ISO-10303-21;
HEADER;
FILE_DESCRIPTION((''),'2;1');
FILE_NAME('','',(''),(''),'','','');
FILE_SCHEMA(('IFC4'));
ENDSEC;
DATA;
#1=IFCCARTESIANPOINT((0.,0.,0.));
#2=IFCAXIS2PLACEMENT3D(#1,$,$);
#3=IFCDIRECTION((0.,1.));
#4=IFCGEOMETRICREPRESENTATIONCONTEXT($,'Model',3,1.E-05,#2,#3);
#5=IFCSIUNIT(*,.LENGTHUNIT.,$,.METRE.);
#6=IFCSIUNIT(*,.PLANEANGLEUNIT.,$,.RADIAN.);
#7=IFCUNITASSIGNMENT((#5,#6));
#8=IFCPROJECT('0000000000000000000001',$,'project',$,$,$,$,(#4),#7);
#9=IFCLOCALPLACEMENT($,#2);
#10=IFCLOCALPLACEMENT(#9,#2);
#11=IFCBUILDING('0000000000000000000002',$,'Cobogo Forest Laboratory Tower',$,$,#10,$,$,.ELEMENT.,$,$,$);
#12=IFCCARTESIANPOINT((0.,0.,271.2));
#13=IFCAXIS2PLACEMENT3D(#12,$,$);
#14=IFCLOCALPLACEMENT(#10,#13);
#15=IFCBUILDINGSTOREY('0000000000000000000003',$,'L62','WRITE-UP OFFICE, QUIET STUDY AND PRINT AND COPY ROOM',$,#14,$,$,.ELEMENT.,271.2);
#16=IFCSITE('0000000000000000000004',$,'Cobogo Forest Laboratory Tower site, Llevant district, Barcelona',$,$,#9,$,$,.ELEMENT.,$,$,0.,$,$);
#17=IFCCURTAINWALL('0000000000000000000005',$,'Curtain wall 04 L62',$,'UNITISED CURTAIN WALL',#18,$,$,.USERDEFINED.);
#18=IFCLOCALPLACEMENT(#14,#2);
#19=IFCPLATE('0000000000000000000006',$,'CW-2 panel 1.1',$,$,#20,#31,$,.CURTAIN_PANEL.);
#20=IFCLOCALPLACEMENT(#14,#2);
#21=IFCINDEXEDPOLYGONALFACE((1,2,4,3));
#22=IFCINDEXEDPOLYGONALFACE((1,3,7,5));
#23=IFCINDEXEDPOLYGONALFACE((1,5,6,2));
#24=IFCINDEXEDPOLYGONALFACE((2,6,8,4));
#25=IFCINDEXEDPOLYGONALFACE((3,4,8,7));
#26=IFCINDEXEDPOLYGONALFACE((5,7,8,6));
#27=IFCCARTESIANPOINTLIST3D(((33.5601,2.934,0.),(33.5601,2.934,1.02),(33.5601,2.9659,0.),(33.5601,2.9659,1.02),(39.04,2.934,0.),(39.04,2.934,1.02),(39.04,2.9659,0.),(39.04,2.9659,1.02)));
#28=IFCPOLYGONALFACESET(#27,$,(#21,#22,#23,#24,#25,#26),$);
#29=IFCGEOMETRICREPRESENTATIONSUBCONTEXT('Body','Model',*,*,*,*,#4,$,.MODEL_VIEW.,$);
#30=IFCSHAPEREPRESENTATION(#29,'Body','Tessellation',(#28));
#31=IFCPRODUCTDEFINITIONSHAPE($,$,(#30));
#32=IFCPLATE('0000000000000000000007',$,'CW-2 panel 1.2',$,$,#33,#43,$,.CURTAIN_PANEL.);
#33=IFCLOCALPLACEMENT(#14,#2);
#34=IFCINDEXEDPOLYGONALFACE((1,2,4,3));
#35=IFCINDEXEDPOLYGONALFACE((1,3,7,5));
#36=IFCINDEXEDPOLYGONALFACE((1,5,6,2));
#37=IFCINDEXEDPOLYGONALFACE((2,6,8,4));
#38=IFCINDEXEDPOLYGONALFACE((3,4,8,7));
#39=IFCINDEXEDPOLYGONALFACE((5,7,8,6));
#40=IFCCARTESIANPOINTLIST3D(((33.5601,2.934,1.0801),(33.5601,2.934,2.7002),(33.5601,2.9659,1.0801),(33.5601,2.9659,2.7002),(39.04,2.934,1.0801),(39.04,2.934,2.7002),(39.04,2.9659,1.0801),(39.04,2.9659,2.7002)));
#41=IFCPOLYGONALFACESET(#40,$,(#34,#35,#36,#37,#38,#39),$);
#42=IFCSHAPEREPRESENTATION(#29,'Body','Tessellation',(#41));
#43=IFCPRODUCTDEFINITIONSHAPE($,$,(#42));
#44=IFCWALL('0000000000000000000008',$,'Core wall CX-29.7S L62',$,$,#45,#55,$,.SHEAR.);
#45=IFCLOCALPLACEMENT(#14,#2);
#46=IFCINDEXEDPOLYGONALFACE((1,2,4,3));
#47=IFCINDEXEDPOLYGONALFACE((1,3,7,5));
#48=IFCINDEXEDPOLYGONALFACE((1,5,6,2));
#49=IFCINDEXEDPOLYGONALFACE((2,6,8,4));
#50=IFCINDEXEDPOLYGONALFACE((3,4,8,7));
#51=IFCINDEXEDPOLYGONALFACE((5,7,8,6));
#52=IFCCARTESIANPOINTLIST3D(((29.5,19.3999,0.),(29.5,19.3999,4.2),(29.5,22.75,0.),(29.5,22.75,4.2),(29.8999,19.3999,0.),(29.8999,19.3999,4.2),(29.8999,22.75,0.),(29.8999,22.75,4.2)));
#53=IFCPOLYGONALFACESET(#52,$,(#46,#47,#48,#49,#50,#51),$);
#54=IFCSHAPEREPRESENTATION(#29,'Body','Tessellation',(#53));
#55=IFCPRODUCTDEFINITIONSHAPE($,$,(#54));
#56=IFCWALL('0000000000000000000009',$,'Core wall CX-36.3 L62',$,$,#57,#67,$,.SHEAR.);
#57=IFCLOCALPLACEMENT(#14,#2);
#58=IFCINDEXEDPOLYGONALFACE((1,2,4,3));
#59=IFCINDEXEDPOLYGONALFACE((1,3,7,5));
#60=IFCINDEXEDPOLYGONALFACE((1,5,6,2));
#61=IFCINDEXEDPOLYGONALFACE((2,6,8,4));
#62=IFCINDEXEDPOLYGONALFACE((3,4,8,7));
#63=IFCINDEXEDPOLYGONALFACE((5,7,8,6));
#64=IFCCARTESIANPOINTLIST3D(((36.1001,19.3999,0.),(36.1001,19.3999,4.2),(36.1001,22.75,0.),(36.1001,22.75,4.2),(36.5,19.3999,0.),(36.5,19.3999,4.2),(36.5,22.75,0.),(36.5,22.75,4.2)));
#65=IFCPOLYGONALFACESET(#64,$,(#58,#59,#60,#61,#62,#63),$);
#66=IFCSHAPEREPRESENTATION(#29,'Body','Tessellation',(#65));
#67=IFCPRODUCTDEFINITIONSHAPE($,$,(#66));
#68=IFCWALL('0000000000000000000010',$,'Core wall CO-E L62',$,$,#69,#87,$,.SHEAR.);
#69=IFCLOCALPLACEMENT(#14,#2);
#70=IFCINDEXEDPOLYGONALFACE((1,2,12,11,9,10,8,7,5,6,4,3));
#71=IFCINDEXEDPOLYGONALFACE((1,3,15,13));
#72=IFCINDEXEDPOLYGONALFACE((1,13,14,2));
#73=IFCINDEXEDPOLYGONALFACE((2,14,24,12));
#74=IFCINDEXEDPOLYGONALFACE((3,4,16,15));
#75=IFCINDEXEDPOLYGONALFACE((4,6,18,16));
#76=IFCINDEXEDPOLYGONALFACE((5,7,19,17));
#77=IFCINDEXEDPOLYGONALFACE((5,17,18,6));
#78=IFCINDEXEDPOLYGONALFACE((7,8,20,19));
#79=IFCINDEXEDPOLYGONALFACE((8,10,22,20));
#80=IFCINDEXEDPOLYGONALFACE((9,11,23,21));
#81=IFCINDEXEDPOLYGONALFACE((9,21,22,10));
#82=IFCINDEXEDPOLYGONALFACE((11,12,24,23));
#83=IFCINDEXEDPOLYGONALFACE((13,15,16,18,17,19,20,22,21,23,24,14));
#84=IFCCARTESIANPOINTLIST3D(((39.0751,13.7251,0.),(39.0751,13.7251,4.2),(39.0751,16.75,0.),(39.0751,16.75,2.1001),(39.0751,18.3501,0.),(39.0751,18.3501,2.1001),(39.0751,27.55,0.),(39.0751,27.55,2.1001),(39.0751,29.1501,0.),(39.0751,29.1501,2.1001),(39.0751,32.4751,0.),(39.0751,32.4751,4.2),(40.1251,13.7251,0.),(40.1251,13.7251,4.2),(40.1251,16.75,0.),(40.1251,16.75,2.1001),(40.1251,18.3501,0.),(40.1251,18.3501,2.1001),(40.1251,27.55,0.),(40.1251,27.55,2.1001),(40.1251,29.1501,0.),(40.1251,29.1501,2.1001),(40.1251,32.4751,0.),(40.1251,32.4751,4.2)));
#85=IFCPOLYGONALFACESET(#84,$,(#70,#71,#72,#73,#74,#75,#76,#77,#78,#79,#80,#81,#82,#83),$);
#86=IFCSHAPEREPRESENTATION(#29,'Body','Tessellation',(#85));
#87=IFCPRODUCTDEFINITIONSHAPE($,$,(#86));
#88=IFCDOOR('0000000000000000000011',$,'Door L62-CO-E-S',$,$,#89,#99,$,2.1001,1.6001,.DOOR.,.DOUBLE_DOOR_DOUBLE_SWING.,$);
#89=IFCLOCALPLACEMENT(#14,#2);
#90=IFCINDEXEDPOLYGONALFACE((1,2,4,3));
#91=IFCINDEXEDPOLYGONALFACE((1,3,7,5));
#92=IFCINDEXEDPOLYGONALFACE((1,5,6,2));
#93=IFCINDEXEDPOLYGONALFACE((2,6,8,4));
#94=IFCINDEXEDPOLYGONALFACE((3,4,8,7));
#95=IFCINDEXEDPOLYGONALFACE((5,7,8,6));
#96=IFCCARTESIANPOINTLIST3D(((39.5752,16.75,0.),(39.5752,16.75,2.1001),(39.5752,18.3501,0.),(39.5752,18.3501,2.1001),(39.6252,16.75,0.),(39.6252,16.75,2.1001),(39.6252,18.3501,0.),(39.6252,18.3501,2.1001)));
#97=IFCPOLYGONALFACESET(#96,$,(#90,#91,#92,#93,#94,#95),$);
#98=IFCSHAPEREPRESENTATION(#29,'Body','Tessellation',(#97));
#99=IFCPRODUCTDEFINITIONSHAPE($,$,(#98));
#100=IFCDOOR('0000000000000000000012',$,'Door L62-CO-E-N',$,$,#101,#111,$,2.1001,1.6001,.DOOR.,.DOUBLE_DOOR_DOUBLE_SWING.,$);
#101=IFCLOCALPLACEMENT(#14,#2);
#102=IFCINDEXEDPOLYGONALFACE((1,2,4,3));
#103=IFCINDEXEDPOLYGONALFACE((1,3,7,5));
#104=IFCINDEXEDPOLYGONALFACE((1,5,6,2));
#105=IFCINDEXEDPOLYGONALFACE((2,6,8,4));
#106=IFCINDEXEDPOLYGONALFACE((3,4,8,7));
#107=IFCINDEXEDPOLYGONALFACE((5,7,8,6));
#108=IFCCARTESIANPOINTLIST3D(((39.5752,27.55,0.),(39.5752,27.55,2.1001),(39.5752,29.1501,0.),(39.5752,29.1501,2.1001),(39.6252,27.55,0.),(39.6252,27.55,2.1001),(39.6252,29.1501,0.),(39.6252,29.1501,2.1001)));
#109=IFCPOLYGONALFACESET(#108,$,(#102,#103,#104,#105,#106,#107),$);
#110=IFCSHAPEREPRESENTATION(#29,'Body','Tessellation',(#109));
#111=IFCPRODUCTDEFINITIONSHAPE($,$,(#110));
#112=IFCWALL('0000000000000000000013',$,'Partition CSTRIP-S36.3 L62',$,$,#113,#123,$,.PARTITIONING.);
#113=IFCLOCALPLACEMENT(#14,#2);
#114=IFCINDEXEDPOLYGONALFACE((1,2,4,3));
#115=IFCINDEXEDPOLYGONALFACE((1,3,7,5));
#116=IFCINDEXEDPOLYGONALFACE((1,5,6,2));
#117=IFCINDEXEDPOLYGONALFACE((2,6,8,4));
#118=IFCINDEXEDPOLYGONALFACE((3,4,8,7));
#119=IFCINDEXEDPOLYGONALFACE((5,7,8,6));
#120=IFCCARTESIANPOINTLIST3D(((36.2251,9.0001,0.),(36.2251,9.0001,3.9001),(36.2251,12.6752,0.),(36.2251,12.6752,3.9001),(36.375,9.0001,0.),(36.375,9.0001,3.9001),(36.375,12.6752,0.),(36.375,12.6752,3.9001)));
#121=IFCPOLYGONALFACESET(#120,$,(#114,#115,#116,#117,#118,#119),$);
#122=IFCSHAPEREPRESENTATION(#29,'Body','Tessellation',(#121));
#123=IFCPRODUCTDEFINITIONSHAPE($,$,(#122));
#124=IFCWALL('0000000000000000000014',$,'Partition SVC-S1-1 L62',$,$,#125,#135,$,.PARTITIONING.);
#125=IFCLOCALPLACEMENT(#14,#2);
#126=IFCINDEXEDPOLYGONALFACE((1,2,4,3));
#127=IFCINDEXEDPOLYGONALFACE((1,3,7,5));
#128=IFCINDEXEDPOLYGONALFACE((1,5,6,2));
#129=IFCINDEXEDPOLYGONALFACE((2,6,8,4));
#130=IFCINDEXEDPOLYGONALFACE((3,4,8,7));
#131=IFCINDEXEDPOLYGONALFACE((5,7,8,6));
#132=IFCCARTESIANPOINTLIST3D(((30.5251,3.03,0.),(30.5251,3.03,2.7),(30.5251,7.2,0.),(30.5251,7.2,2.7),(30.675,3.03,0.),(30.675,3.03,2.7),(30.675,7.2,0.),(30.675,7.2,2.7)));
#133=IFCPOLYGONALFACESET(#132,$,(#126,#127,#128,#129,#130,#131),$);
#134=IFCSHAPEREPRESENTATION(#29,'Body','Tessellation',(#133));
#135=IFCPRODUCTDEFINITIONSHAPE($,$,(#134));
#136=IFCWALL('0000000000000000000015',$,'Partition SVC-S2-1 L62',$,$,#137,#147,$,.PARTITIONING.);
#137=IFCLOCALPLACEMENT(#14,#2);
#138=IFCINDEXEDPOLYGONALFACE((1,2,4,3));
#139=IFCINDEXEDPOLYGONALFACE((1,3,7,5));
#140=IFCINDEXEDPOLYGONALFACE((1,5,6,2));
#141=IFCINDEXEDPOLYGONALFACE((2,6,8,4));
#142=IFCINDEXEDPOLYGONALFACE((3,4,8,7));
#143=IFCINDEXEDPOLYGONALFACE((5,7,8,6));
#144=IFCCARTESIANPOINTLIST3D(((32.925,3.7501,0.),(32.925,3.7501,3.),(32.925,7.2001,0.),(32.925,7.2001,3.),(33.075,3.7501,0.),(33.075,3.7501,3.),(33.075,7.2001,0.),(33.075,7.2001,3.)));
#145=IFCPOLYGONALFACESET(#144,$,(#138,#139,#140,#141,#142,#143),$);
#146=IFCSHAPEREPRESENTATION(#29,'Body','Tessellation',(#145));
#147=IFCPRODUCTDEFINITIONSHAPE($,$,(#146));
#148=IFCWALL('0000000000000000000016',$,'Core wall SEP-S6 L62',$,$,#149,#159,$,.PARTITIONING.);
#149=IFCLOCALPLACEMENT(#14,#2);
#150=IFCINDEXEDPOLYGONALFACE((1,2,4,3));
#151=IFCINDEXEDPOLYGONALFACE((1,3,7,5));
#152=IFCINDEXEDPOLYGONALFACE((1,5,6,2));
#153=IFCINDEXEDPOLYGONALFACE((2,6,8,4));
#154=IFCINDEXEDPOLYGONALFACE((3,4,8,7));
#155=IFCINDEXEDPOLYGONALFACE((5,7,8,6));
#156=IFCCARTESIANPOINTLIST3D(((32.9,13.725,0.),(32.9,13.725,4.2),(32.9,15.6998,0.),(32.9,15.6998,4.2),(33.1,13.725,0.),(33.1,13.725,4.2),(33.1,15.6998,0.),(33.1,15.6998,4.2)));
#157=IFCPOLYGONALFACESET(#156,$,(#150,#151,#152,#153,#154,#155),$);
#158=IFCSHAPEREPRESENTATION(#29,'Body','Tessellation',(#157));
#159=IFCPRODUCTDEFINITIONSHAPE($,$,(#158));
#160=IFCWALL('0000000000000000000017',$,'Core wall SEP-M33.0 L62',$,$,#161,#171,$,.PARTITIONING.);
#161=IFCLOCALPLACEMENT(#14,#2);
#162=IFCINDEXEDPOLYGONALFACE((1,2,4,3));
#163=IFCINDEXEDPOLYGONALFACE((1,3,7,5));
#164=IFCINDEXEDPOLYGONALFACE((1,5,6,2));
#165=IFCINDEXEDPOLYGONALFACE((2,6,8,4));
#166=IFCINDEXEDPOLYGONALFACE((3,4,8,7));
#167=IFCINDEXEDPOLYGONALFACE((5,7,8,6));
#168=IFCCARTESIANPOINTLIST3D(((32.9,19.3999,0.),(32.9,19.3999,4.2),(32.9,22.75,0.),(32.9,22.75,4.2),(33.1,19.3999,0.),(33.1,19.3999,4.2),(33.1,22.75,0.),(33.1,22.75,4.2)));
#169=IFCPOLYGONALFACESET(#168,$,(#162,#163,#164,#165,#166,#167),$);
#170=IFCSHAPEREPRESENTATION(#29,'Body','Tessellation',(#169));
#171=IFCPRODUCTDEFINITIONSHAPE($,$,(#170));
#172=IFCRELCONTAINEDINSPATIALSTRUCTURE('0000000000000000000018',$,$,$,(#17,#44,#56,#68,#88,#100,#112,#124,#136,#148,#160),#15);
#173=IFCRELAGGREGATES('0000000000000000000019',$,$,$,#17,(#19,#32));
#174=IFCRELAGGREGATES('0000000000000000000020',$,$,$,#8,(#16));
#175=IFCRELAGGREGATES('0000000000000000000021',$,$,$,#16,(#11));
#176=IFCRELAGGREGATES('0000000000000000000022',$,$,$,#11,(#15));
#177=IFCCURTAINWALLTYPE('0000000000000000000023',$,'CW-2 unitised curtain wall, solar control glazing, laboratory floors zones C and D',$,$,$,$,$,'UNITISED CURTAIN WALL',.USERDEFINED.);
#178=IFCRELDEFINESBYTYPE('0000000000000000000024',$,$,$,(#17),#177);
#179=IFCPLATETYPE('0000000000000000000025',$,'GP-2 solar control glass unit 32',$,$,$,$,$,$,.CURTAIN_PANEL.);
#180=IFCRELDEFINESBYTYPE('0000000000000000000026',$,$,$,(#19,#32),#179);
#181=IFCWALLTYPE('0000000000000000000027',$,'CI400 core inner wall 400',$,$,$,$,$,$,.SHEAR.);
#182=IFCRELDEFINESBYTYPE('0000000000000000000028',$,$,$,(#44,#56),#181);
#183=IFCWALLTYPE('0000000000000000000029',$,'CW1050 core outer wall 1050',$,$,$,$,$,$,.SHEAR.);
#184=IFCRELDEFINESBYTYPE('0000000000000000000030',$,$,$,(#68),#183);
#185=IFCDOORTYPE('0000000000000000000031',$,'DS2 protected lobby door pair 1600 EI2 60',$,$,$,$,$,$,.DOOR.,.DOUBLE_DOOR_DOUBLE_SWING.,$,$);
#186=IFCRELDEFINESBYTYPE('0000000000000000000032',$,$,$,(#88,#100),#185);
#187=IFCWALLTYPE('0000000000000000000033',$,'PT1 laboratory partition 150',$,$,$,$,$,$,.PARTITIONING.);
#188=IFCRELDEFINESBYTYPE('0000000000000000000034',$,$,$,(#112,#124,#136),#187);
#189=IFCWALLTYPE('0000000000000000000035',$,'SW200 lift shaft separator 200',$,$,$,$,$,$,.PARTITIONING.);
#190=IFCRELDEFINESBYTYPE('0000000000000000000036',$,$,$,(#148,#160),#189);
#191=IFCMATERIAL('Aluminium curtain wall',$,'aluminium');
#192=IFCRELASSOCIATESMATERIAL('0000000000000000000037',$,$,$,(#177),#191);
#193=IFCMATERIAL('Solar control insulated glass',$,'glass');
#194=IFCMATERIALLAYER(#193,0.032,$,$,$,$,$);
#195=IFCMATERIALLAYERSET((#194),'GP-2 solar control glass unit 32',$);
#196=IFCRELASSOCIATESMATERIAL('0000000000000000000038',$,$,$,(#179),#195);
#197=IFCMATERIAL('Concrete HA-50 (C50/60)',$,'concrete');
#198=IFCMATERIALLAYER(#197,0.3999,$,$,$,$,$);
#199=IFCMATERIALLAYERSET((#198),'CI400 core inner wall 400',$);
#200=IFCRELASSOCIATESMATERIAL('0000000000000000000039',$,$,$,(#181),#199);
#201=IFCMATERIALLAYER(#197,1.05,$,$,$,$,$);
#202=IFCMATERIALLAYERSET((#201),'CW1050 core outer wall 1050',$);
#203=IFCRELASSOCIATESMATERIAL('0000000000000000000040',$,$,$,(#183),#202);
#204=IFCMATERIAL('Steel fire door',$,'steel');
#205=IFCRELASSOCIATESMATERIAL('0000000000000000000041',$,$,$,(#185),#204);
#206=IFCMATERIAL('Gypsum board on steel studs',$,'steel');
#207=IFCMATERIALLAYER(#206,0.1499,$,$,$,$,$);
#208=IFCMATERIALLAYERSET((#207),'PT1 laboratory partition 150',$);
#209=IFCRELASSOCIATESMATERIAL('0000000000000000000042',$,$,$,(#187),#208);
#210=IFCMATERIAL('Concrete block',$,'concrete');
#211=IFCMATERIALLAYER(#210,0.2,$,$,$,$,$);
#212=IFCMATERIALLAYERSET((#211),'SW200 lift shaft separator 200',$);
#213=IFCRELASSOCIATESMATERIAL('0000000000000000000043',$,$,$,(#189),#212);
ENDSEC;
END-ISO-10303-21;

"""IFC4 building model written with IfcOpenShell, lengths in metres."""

from ifc_helpers import new_model, si_unit, direction, frame, frame_2d, origin, origin_2d, place, context, subcontext, project, spatial, rectangle, extrude, material, layer, layer_set, type_object, element, fill, aggregate, save


model = new_model("IFC4")

# Units and contexts
model_context = context("Model", 3, precision=1e-05, world=origin(), true_north=direction((0.0, 1.0)))
body_context = subcontext(model_context, "Body", "Model", "MODEL_VIEW")
ifc_project = project(units=[si_unit("LENGTHUNIT", "METRE"), si_unit("PLANEANGLEUNIT", "RADIAN")], contexts=[model_context])

# Site, building, storey
site_placement = place(None, origin())
site = spatial("IfcSite", under=ifc_project, at=site_placement, Name="Cobogo Forest Laboratory Tower site, Llevant district, Barcelona", CompositionType="ELEMENT", RefElevation=0.0)
building_placement = place(site_placement, origin())
building = spatial("IfcBuilding", under=site, at=building_placement, Name="Cobogo Forest Laboratory Tower", CompositionType="ELEMENT")
storey_placement = place(building_placement, frame((0.0, 0.0, 271.2)))
storey = spatial("IfcBuildingStorey", under=building, at=storey_placement, Name="L62", Description="WRITE-UP OFFICE, QUIET STUDY AND PRINT AND COPY ROOM", CompositionType="ELEMENT", Elevation=271.2)

# Shared definitions
ifc_material_1 = material(Name="Concrete HA-50 (C50/60)", Category="concrete")

# Curtain wall
ifc_material_2 = material(Name="Aluminium curtain wall", Category="aluminium")
curtain_wall_type = type_object("IfcCurtainWallType", Name="CW-2 unitised curtain wall, solar control glazing, laboratory floors zones C and D", ElementType="UNITISED CURTAIN WALL", PredefinedType="USERDEFINED", material=ifc_material_2)
curtain_wall_1_placement = place(storey_placement, origin())
curtain_wall_1 = element("IfcCurtainWall", 1, at=curtain_wall_1_placement, inside=storey, type_object=curtain_wall_type, Name="Curtain wall 04 L62", ObjectType="UNITISED CURTAIN WALL", PredefinedType="USERDEFINED")

# Plates
ifc_material_3 = material(Name="Solar control insulated glass", Category="glass")
ifc_layer_1 = layer(ifc_material_3, 0.032)
ifc_layer_set_1 = layer_set([ifc_layer_1], Name="GP-2 solar control glass unit 32")
plate_type_1 = type_object("IfcPlateType", Name="GP-2 solar control glass unit 32", PredefinedType="CURTAIN_PANEL", material=ifc_layer_set_1)
plate_1_placement = place(storey_placement, frame((36.3, 2.95, 0.0), z_axis=(0.0, 0.0, 1.0), x_axis=(1.0, 0.0, 0.0)))
plate_1 = element("IfcPlate", 2, at=plate_1_placement, type_object=plate_type_1, Name="CW-2 panel 1.1", PredefinedType="CURTAIN_PANEL", context=body_context, shape_type="SweptSolid", body=[
    extrude(rectangle(XDim=5.48, YDim=0.032, at=origin_2d()), origin(), (0.0, 0.0, 1.0), 1.02),
])
plate_2_placement = place(storey_placement, frame((36.3, 2.95, 1.0801), z_axis=(0.0, 0.0, 1.0), x_axis=(1.0, 0.0, 0.0)))
plate_2 = element("IfcPlate", 3, at=plate_2_placement, type_object=plate_type_1, Name="CW-2 panel 1.2", PredefinedType="CURTAIN_PANEL", context=body_context, shape_type="SweptSolid", body=[
    extrude(rectangle(XDim=5.48, YDim=0.032, at=origin_2d()), origin(), (0.0, 0.0, 1.0), 1.6201),
])
aggregate(curtain_wall_1, [plate_1, plate_2])

# Walls
ifc_layer_2 = layer(ifc_material_1, 0.3999)
ifc_layer_set_2 = layer_set([ifc_layer_2], Name="CI400 core inner wall 400")
wall_type_1 = type_object("IfcWallType", Name="CI400 core inner wall 400", PredefinedType="SHEAR", material=ifc_layer_set_2)
for number, where, z_axis, x_axis, name in (
    (4, (29.7, 19.3999, 0.0), (0.0, 0.0, 1.0), (0.0, 1.0, 0.0), "Core wall CX-29.7S L62"),
    (5, (36.3, 19.3999, 0.0), (0.0, 0.0, 1.0), (0.0, 1.0, 0.0), "Core wall CX-36.3 L62"),
):
    element("IfcWall", number, at=place(storey_placement, frame(where, z_axis=z_axis, x_axis=x_axis)), inside=storey, type_object=wall_type_1, Name=name, PredefinedType="SHEAR", context=body_context, shape_type="SweptSolid", body=[
        extrude(rectangle(XDim=3.3501, YDim=0.3999, at=frame_2d((1.675, 0.0))), origin(), (0.0, 0.0, 1.0), 4.2),
    ])

# Wall, openings, doors
ifc_layer_3 = layer(ifc_material_1, 1.05)
ifc_layer_set_3 = layer_set([ifc_layer_3], Name="CW1050 core outer wall 1050")
wall_type_2 = type_object("IfcWallType", Name="CW1050 core outer wall 1050", PredefinedType="SHEAR", material=ifc_layer_set_3)
wall_1_placement = place(storey_placement, frame((39.6001, 13.7251, 0.0), z_axis=(0.0, 0.0, 1.0), x_axis=(0.0, 1.0, 0.0)))
wall_1 = element("IfcWall", 6, at=wall_1_placement, inside=storey, type_object=wall_type_2, Name="Core wall CO-E L62", PredefinedType="SHEAR", context=body_context, shape_type="SweptSolid", body=[
    extrude(rectangle(XDim=18.75, YDim=1.05, at=frame_2d((9.375, 0.0))), origin(), (0.0, 0.0, 1.0), 4.2),
])
opening_1_placement = place(wall_1_placement, frame((3.0249, 0.0, 0.0)))
opening_1 = element("IfcOpeningElement", 7, at=opening_1_placement, cuts=wall_1, PredefinedType="OPENING", context=body_context, shape_type="SweptSolid", body=[
    extrude(rectangle(XDim=1.6001, YDim=2.1001, at=frame_2d((0.8, 1.05))), frame((0.0, 0.5349, 0.0), z_axis=(0.0, -1.0, 0.0), x_axis=(1.0, 0.0, 0.0)), (0.0, 0.0, 1.0), 1.0701),
])
opening_2_placement = place(wall_1_placement, frame((13.825, 0.0, 0.0)))
opening_2 = element("IfcOpeningElement", 8, at=opening_2_placement, cuts=wall_1, PredefinedType="OPENING", context=body_context, shape_type="SweptSolid", body=[
    extrude(rectangle(XDim=1.6001, YDim=2.1001, at=frame_2d((0.8, 1.05))), frame((0.0, 0.5349, 0.0), z_axis=(0.0, -1.0, 0.0), x_axis=(1.0, 0.0, 0.0)), (0.0, 0.0, 1.0), 1.0701),
])
ifc_material_4 = material(Name="Steel fire door", Category="steel")
door_type = type_object("IfcDoorType", Name="DS2 protected lobby door pair 1600 EI2 60", OperationType="DOUBLE_DOOR_DOUBLE_SWING", PredefinedType="DOOR", material=ifc_material_4)
door_1_placement = place(opening_1_placement, origin())
door_1 = element("IfcDoor", 9, at=door_1_placement, inside=storey, type_object=door_type, Name="Door L62-CO-E-S", OperationType="DOUBLE_DOOR_DOUBLE_SWING", OverallHeight=2.1001, OverallWidth=1.6001, PredefinedType="DOOR", context=body_context, shape_type="SweptSolid", body=[
    extrude(rectangle(XDim=1.6001, YDim=2.1001, at=frame_2d((0.8, 1.05))), frame((0.0, 0.0249, 0.0), z_axis=(0.0, -1.0, 0.0), x_axis=(1.0, 0.0, 0.0)), (0.0, 0.0, 1.0), 0.05),
])
fill(opening_1, door_1)
door_2_placement = place(opening_2_placement, origin())
door_2 = element("IfcDoor", 10, at=door_2_placement, inside=storey, type_object=door_type, Name="Door L62-CO-E-N", OperationType="DOUBLE_DOOR_DOUBLE_SWING", OverallHeight=2.1001, OverallWidth=1.6001, PredefinedType="DOOR", context=body_context, shape_type="SweptSolid", body=[
    extrude(rectangle(XDim=1.6001, YDim=2.1001, at=frame_2d((0.8, 1.05))), frame((0.0, 0.0249, 0.0), z_axis=(0.0, -1.0, 0.0), x_axis=(1.0, 0.0, 0.0)), (0.0, 0.0, 1.0), 0.05),
])
fill(opening_2, door_2)

# Walls
ifc_material_5 = material(Name="Gypsum board on steel studs", Category="steel")
ifc_layer_4 = layer(ifc_material_5, 0.1499)
ifc_layer_set_4 = layer_set([ifc_layer_4], Name="PT1 laboratory partition 150")
wall_type_3 = type_object("IfcWallType", Name="PT1 laboratory partition 150", PredefinedType="PARTITIONING", material=ifc_layer_set_4)
wall_2_placement = place(storey_placement, frame((36.3, 12.675, 0.0), z_axis=(0.0, 0.0, 1.0), x_axis=(0.0, -1.0, 0.0)))
element("IfcWall", 11, at=wall_2_placement, inside=storey, type_object=wall_type_3, Name="Partition CSTRIP-S36.3 L62", PredefinedType="PARTITIONING", context=body_context, shape_type="SweptSolid", body=[
    extrude(rectangle(XDim=3.675, YDim=0.1499, at=frame_2d((1.8374, 0.0))), origin(), (0.0, 0.0, 1.0), 3.9001),
])
wall_3_placement = place(storey_placement, frame((30.6001, 3.03, 0.0), z_axis=(0.0, 0.0, 1.0), x_axis=(0.0, 1.0, 0.0)))
element("IfcWall", 12, at=wall_3_placement, inside=storey, type_object=wall_type_3, Name="Partition SVC-S1-1 L62", PredefinedType="PARTITIONING", context=body_context, shape_type="SweptSolid", body=[
    extrude(rectangle(XDim=4.1699, YDim=0.1499, at=frame_2d((2.085, 0.0))), origin(), (0.0, 0.0, 1.0), 2.7),
])
wall_4_placement = place(storey_placement, frame((33.0, 3.75, 0.0), z_axis=(0.0, 0.0, 1.0), x_axis=(0.0, 1.0, 0.0)))
element("IfcWall", 13, at=wall_4_placement, inside=storey, type_object=wall_type_3, Name="Partition SVC-S2-1 L62", PredefinedType="PARTITIONING", context=body_context, shape_type="SweptSolid", body=[
    extrude(rectangle(XDim=3.45, YDim=0.1499, at=frame_2d((1.7251, 0.0))), origin(), (0.0, 0.0, 1.0), 3.0),
])
ifc_material_6 = material(Name="Concrete block", Category="concrete")
ifc_layer_5 = layer(ifc_material_6, 0.2)
ifc_layer_set_5 = layer_set([ifc_layer_5], Name="SW200 lift shaft separator 200")
wall_type_4 = type_object("IfcWallType", Name="SW200 lift shaft separator 200", PredefinedType="PARTITIONING", material=ifc_layer_set_5)
wall_5_placement = place(storey_placement, frame((33.0, 13.7251, 0.0), z_axis=(0.0, 0.0, 1.0), x_axis=(0.0, 1.0, 0.0)))
element("IfcWall", 14, at=wall_5_placement, inside=storey, type_object=wall_type_4, Name="Core wall SEP-S6 L62", PredefinedType="PARTITIONING", context=body_context, shape_type="SweptSolid", body=[
    extrude(rectangle(XDim=1.9749, YDim=0.2, at=frame_2d((0.9873, 0.0))), origin(), (0.0, 0.0, 1.0), 4.2),
])
wall_6_placement = place(storey_placement, frame((33.0, 19.3999, 0.0), z_axis=(0.0, 0.0, 1.0), x_axis=(0.0, 1.0, 0.0)))
element("IfcWall", 15, at=wall_6_placement, inside=storey, type_object=wall_type_4, Name="Core wall SEP-M33.0 L62", PredefinedType="PARTITIONING", context=body_context, shape_type="SweptSolid", body=[
    extrude(rectangle(XDim=3.3501, YDim=0.2, at=frame_2d((1.675, 0.0))), origin(), (0.0, 0.0, 1.0), 4.2),
])

save(model, "model.ifc")
